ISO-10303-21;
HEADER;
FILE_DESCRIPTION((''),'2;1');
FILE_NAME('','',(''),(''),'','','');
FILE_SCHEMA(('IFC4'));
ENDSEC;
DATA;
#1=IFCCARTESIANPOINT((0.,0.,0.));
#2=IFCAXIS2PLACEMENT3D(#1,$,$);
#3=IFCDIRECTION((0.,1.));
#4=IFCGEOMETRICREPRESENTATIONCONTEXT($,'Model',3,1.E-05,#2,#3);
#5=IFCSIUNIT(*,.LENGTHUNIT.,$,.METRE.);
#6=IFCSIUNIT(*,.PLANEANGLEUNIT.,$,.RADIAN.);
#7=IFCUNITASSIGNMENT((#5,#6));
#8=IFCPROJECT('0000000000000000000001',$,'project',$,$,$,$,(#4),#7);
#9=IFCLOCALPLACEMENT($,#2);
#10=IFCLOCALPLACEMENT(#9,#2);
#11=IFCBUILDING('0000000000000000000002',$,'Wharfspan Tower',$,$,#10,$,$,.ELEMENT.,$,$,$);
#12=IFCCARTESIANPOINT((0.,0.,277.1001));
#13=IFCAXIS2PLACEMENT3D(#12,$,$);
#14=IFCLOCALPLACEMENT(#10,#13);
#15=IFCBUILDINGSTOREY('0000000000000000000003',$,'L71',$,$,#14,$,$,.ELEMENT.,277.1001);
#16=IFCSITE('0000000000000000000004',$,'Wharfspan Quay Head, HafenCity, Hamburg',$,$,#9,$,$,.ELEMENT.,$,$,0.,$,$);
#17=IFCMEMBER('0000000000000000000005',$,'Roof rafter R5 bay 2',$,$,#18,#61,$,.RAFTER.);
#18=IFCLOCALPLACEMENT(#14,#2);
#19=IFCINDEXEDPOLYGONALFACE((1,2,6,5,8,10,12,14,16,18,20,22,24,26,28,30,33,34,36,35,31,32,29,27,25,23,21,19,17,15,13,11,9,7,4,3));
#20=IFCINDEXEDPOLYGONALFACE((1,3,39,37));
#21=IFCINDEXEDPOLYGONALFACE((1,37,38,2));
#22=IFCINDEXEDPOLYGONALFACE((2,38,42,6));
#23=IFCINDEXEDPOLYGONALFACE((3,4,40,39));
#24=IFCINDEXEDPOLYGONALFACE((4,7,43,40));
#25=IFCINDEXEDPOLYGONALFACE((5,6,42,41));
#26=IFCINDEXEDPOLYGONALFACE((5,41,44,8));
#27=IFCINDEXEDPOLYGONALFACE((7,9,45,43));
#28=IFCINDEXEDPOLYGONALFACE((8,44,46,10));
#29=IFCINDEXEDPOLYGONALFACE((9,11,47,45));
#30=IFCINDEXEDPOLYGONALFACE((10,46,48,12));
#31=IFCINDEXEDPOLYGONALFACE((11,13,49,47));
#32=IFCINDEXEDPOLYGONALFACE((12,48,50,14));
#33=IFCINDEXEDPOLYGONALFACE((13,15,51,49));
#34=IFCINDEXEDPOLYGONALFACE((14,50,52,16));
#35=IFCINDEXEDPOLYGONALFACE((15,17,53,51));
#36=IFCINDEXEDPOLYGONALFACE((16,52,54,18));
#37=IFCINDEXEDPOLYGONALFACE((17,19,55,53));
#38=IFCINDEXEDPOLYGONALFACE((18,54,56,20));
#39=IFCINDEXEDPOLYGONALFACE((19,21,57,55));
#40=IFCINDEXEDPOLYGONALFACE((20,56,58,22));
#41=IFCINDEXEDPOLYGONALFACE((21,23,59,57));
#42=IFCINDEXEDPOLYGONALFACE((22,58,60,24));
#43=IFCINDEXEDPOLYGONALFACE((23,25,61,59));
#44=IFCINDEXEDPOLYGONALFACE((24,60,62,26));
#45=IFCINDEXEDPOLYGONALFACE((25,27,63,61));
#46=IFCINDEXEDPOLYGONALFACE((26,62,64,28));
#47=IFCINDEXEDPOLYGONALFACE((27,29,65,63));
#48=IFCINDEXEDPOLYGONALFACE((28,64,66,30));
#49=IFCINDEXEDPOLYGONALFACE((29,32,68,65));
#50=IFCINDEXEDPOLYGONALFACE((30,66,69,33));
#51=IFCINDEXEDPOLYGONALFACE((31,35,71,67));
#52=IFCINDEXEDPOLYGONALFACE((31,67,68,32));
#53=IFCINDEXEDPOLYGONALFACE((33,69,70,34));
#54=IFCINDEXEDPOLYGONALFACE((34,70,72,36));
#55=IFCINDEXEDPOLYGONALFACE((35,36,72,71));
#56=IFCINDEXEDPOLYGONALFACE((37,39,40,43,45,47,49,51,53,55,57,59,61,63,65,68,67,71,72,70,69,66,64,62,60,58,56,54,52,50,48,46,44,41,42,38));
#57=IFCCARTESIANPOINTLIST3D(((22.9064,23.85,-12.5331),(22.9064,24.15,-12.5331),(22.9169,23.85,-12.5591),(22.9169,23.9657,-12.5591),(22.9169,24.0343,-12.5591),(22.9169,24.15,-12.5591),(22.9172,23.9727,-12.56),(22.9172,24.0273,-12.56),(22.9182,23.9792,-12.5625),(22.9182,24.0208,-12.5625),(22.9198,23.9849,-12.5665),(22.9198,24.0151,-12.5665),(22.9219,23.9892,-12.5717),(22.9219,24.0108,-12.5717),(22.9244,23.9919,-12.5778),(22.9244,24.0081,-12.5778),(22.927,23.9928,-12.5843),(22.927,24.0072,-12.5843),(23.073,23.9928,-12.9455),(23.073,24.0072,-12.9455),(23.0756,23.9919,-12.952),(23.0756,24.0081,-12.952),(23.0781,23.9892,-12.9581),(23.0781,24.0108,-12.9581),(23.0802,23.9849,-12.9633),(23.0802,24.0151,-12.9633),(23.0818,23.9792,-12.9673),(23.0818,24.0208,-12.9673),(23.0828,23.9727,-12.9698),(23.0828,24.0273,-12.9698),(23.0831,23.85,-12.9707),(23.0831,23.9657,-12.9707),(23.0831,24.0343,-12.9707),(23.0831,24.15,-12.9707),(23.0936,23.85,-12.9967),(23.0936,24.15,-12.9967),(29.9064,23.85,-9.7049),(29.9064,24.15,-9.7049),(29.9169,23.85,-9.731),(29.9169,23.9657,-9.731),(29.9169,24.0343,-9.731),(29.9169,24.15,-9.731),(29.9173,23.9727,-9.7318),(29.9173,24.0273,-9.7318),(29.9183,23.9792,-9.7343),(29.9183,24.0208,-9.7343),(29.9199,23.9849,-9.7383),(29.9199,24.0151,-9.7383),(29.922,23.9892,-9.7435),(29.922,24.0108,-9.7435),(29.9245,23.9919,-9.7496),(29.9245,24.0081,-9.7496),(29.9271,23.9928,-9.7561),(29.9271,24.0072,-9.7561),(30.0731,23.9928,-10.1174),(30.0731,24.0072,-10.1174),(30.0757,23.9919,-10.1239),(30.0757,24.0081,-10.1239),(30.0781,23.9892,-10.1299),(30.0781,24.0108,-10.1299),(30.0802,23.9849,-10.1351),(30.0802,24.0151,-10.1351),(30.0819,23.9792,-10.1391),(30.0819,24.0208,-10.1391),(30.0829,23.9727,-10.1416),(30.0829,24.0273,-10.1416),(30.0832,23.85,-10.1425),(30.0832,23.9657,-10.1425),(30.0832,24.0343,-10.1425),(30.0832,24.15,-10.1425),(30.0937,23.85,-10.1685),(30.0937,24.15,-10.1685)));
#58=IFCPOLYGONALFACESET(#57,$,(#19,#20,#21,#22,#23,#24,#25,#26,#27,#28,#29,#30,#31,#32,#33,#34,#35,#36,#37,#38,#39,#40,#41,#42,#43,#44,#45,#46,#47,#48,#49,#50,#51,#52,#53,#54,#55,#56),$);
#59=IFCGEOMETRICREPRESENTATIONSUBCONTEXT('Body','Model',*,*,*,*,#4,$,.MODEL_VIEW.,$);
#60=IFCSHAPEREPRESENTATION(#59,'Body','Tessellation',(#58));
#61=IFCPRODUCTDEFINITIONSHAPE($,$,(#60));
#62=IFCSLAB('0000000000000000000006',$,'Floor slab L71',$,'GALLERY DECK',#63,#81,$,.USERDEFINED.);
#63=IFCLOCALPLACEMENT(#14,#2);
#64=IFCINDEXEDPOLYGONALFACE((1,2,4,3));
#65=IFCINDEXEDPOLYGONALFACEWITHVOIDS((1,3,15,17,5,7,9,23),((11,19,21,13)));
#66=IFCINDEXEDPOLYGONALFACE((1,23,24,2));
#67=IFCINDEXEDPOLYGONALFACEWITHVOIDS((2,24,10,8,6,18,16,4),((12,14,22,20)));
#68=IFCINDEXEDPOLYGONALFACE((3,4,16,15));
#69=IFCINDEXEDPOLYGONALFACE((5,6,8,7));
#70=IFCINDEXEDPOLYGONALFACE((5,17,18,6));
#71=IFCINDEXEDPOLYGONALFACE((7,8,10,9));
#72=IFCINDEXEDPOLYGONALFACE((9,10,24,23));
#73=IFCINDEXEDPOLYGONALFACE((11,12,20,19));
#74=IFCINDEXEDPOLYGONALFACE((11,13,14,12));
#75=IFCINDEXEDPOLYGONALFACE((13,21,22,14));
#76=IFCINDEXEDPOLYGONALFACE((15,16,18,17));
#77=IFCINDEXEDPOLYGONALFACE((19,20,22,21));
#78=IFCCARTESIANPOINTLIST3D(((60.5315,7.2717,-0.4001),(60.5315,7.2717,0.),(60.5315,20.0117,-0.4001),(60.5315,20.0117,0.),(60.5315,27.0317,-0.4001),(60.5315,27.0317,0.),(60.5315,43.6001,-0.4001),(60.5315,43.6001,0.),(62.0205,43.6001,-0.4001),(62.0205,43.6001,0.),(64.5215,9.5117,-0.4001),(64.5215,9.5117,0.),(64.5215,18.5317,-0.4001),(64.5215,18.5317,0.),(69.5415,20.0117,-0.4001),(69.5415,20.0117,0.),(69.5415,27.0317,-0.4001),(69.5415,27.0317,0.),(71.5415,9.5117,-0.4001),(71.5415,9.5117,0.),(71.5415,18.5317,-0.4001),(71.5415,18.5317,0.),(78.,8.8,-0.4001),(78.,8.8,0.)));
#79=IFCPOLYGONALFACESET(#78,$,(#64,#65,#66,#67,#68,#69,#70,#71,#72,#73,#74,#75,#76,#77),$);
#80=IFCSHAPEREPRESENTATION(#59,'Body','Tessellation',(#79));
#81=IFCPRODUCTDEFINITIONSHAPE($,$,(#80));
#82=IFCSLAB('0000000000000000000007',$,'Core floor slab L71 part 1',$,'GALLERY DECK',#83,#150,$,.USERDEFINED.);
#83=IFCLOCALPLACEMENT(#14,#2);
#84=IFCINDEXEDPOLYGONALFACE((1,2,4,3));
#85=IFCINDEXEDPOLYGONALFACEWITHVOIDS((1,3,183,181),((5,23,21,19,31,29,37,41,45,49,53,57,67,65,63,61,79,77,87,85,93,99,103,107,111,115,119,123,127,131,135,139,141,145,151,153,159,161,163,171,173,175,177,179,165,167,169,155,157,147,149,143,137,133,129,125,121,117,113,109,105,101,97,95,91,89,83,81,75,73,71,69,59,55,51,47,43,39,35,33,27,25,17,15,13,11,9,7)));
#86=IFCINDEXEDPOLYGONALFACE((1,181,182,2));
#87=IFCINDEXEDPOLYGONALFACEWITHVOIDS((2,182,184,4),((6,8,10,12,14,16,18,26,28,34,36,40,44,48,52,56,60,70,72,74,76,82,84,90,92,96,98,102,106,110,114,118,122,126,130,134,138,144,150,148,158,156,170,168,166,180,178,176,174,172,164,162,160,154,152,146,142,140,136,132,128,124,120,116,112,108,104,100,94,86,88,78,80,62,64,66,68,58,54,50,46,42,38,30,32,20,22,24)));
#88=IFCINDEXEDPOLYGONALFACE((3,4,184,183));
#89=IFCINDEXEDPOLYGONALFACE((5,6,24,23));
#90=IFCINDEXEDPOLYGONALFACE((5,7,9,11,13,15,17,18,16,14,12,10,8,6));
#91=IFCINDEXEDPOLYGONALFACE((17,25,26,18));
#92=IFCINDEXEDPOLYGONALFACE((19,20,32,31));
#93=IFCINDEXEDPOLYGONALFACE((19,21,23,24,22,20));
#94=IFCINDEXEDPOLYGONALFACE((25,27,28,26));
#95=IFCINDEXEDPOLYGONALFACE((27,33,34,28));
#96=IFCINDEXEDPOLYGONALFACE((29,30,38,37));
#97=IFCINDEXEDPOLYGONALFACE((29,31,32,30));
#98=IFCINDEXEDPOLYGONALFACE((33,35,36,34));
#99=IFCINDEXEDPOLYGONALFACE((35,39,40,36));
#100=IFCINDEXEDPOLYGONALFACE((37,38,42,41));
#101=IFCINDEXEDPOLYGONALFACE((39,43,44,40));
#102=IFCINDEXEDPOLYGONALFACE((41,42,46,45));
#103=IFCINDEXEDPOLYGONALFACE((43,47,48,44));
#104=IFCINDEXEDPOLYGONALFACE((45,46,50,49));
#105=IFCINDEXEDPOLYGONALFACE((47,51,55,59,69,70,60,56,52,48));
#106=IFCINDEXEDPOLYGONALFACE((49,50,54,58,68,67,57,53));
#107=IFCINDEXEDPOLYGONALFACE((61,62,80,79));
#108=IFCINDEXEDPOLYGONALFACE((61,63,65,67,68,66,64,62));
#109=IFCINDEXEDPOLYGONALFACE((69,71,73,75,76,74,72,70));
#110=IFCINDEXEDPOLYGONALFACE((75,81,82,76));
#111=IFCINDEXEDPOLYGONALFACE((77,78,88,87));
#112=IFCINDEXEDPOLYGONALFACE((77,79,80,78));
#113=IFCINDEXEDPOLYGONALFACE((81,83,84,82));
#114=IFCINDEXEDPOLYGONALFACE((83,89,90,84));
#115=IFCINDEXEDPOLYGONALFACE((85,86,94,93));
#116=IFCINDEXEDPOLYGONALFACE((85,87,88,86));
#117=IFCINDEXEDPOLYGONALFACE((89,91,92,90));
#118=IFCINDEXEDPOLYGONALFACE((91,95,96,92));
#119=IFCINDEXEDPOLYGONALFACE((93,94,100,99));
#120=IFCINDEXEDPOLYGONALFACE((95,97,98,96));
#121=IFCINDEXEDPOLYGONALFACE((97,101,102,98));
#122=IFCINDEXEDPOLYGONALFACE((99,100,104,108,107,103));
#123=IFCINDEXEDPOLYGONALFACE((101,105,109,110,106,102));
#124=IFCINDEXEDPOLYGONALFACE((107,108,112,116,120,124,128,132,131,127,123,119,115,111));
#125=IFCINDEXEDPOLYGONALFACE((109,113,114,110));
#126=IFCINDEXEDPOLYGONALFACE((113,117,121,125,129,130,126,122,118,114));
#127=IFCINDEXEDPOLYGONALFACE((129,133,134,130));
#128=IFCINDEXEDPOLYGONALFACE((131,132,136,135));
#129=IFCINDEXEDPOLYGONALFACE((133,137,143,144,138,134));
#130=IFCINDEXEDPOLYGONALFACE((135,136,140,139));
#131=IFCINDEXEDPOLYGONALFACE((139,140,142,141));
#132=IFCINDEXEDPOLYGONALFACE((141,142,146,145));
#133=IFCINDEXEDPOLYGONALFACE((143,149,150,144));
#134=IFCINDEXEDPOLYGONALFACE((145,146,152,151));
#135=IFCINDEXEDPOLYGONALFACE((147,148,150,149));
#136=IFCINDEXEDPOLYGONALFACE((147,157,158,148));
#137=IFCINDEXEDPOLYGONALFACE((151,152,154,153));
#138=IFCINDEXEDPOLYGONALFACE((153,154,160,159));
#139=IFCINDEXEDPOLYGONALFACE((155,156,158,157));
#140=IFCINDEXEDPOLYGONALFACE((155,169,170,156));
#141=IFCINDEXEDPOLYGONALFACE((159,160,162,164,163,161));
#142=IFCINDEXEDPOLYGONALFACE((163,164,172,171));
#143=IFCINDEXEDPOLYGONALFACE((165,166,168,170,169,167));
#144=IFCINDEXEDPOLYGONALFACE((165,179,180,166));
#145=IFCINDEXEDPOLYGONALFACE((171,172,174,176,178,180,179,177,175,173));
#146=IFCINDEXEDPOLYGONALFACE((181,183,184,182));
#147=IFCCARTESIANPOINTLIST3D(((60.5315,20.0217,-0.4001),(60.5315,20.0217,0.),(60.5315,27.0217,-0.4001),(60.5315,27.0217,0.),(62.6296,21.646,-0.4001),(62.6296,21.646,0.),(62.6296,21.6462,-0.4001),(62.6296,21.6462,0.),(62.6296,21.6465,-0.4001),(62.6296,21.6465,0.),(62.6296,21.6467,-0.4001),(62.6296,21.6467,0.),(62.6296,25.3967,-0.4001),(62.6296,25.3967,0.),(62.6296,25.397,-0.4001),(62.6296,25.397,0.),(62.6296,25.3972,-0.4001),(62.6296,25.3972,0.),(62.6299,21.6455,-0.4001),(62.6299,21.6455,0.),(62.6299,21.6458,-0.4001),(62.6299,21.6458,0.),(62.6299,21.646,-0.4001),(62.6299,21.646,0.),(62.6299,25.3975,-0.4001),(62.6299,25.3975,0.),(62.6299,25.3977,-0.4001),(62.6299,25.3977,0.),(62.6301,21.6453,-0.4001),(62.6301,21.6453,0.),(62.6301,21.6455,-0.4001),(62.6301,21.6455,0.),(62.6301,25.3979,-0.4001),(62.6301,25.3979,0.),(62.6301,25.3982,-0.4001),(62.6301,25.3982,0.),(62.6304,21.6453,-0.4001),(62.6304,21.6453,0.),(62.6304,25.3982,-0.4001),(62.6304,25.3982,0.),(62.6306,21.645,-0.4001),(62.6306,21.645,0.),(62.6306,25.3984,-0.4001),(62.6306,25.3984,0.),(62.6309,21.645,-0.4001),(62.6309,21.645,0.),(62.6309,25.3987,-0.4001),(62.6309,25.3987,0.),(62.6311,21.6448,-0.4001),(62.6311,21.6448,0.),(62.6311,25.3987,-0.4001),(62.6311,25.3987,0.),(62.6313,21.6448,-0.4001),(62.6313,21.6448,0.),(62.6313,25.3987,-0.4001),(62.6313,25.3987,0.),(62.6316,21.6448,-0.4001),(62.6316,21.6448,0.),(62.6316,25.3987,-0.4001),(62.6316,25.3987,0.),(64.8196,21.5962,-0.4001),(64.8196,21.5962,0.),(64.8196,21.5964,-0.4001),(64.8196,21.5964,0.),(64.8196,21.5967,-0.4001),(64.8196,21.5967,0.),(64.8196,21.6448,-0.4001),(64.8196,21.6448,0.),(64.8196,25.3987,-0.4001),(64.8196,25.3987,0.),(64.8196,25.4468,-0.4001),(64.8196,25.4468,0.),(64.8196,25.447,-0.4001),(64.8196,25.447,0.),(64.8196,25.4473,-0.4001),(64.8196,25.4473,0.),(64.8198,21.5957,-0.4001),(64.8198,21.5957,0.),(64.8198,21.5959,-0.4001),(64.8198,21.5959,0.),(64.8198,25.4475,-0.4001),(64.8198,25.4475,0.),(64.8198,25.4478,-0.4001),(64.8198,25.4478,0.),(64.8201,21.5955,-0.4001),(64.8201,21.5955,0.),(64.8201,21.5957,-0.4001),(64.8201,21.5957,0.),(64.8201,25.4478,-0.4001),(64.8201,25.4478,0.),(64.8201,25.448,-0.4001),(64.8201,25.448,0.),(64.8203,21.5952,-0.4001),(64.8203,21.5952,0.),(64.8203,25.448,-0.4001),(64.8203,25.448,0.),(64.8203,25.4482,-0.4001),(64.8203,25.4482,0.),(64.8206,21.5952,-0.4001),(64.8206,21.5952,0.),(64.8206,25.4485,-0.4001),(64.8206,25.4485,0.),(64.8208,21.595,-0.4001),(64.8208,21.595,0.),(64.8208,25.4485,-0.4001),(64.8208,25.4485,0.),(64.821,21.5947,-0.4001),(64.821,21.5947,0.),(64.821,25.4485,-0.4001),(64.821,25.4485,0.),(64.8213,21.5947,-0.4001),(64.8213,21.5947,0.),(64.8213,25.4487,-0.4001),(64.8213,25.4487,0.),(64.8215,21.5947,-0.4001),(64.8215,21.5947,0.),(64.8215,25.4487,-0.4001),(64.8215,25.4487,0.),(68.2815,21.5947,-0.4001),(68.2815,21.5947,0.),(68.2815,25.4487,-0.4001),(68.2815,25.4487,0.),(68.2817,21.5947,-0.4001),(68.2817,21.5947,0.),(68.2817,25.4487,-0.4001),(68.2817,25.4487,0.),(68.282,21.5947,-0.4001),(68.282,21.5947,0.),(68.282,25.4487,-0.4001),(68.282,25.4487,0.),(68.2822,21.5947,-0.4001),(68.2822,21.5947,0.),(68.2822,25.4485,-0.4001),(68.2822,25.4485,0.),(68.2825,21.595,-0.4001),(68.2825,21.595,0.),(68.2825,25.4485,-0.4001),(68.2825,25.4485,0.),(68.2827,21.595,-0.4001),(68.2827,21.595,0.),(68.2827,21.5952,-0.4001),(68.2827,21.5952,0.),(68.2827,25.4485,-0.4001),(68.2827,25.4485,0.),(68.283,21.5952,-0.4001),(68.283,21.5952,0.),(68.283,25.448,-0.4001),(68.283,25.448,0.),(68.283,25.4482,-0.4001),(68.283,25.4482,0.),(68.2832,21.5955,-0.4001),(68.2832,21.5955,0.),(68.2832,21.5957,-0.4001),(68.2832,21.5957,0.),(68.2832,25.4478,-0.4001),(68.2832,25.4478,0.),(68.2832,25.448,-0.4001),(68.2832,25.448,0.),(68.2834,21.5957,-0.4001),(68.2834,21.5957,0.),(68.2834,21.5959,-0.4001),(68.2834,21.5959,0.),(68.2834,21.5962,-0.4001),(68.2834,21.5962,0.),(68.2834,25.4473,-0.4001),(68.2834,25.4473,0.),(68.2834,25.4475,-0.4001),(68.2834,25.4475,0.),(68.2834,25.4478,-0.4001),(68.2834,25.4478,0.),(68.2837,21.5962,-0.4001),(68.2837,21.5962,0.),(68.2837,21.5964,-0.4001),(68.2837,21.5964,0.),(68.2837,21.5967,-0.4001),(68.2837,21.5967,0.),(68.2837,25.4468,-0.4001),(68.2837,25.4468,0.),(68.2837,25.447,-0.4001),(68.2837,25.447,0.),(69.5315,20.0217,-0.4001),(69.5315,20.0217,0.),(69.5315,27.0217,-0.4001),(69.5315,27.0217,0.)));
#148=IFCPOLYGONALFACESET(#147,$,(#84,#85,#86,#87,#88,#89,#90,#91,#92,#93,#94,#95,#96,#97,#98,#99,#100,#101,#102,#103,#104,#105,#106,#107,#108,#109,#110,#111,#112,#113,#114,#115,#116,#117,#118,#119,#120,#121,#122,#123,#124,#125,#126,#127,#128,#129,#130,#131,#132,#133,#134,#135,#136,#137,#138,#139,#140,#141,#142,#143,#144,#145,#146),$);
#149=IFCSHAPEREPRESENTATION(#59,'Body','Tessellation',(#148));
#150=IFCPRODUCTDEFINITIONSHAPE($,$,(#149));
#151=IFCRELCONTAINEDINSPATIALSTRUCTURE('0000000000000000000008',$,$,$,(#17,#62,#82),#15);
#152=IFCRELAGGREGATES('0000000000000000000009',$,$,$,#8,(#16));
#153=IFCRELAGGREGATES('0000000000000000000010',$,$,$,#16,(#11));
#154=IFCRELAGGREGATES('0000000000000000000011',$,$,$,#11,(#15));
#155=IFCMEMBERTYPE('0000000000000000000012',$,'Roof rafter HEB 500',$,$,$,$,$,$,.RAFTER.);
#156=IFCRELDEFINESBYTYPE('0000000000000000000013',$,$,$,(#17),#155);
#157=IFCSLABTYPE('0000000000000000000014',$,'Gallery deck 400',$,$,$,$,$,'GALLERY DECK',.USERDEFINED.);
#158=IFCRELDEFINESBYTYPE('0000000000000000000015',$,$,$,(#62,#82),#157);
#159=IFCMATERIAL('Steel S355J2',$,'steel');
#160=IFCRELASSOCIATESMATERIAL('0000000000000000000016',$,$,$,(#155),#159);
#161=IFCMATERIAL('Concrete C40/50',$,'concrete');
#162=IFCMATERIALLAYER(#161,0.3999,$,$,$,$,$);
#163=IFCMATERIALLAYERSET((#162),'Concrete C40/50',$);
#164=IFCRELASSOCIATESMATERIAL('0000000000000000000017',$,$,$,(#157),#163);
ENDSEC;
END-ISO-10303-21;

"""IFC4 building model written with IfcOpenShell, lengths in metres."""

from ifc_helpers import new_model, si_unit, direction, frame, origin, origin_2d, place, context, subcontext, project, spatial, polyline, i_section, outline, extrude, material, layer, layer_set, material_profile, profile_set, type_object, element, save


model = new_model("IFC4")

# Units and contexts
model_context = context("Model", 3, precision=1e-05, world=origin(), true_north=direction((0.0, 1.0)))
body_context = subcontext(model_context, "Body", "Model", "MODEL_VIEW")
ifc_project = project(units=[si_unit("LENGTHUNIT", "METRE"), si_unit("PLANEANGLEUNIT", "RADIAN")], contexts=[model_context])

# Site, building, storey
site_placement = place(None, origin())
site = spatial("IfcSite", under=ifc_project, at=site_placement, Name="Wharfspan Quay Head, HafenCity, Hamburg", CompositionType="ELEMENT", RefElevation=0.0)
building_placement = place(site_placement, origin())
building = spatial("IfcBuilding", under=site, at=building_placement, Name="Wharfspan Tower", CompositionType="ELEMENT")
storey_placement = place(building_placement, frame((0.0, 0.0, 277.1001)))
storey = spatial("IfcBuildingStorey", under=building, at=storey_placement, Name="L71", CompositionType="ELEMENT", Elevation=277.1001)

# Member
ifc_material_1 = material(Name="Steel S355J2", Category="steel")
ifc_material_profile = material_profile(ifc_material_1, i_section(OverallWidth=0.3, OverallDepth=0.5, WebThickness=0.0144, FlangeThickness=0.0281, FilletRadius=0.0271, at=origin_2d()))
ifc_profile_set = profile_set([ifc_material_profile], Name="Steel S355J2")
member_type = type_object("IfcMemberType", Name="Roof rafter HEB 500", PredefinedType="RAFTER", material=ifc_profile_set)
member_1_placement = place(storey_placement, frame((23.0, 24.0, -12.7649), z_axis=(0.927187, 0.0, 0.3746), x_axis=(0.0, 1.0, 0.0)))
element("IfcMember", 1, at=member_1_placement, inside=storey, type_object=member_type, Name="Roof rafter R5 bay 2", PredefinedType="RAFTER", context=body_context, shape_type="SweptSolid", body=[
    extrude(i_section(OverallWidth=0.3, OverallDepth=0.5, WebThickness=0.0144, FlangeThickness=0.0281, FilletRadius=0.0271, at=origin_2d()), origin(), (0.0, 0.0, 1.0), 7.5498),
])

# Slabs
ifc_material_2 = material(Name="Concrete C40/50", Category="concrete")
ifc_layer_1 = layer(ifc_material_2, 0.3999)
ifc_layer_set_1 = layer_set([ifc_layer_1], Name="Concrete C40/50")
slab_type_1 = type_object("IfcSlabType", Name="Gallery deck 400", ElementType="GALLERY DECK", PredefinedType="USERDEFINED", material=ifc_layer_set_1)
slab_1_placement = place(storey_placement, frame((0.0, 0.0, -0.4001)))
element("IfcSlab", 2, at=slab_1_placement, inside=storey, type_object=slab_type_1, Name="Floor slab L71", ObjectType="GALLERY DECK", PredefinedType="USERDEFINED", context=body_context, shape_type="SweptSolid", body=[
    extrude(outline(polyline([(62.0205, 43.6001), (60.5315, 43.6001), (60.5315, 27.0317), (69.5415, 27.0317), (69.5415, 20.0117), (60.5315, 20.0117), (60.5315, 7.2717), (78.0, 8.8), (62.0205, 43.6001)]), holes=[polyline([(64.5215, 9.5117), (64.5215, 18.5317), (71.5415, 18.5317), (71.5415, 9.5117), (64.5215, 9.5117)])]), origin(), (0.0, 0.0, 1.0), 0.4001),
])
slab_2_placement = place(storey_placement, frame((0.0, 0.0, -0.4001)))
element("IfcSlab", 3, at=slab_2_placement, inside=storey, type_object=slab_type_1, Name="Core floor slab L71 part 1", ObjectType="GALLERY DECK", PredefinedType="USERDEFINED", context=body_context, shape_type="SweptSolid", body=[
    extrude(outline(polyline([(60.5315, 20.0217), (69.5315, 20.0217), (69.5315, 27.0217), (60.5315, 27.0217), (60.5315, 20.0217)]), holes=[polyline([(64.8196, 25.3987), (64.8196, 25.4468), (64.8196, 25.447), (64.8196, 25.447), (64.8196, 25.4473), (64.8198, 25.4475), (64.8198, 25.4478), (64.8201, 25.4478), (64.8201, 25.448), (64.8203, 25.448), (64.8203, 25.4482), (64.8206, 25.4485), (64.8208, 25.4485), (64.8208, 25.4485), (64.821, 25.4485), (64.8213, 25.4487), (64.8213, 25.4487), (64.8215, 25.4487), (68.2815, 25.4487), (68.2817, 25.4487), (68.282, 25.4487), (68.2822, 25.4485), (68.2825, 25.4485), (68.2827, 25.4485), (68.2827, 25.4485), (68.283, 25.4482), (68.283, 25.448), (68.2832, 25.448), (68.2832, 25.4478), (68.2834, 25.4478), (68.2834, 25.4475), (68.2834, 25.4473), (68.2837, 25.447), (68.2837, 25.447), (68.2837, 25.4468), (68.2837, 21.5967), (68.2837, 21.5964), (68.2837, 21.5962), (68.2834, 21.5962), (68.2834, 21.5959), (68.2834, 21.5957), (68.2832, 21.5957), (68.2832, 21.5955), (68.283, 21.5952), (68.283, 21.5952), (68.2827, 21.5952), (68.2827, 21.595), (68.2825, 21.595), (68.2822, 21.5947), (68.282, 21.5947), (68.2817, 21.5947), (68.2815, 21.5947), (64.8215, 21.5947), (64.8213, 21.5947), (64.8213, 21.5947), (64.821, 21.5947), (64.8208, 21.595), (64.8208, 21.595), (64.8206, 21.5952), (64.8203, 21.5952), (64.8203, 21.5952), (64.8201, 21.5955), (64.8201, 21.5957), (64.8198, 21.5957), (64.8198, 21.5959), (64.8196, 21.5962), (64.8196, 21.5962), (64.8196, 21.5964), (64.8196, 21.5967), (64.8196, 21.6448), (62.6316, 21.6448), (62.6313, 21.6448), (62.6311, 21.6448), (62.6311, 21.6448), (62.6309, 21.645), (62.6306, 21.645), (62.6306, 21.645), (62.6304, 21.6453), (62.6301, 21.6453), (62.6301, 21.6455), (62.6299, 21.6455), (62.6299, 21.6458), (62.6299, 21.646), (62.6296, 21.646), (62.6296, 21.6462), (62.6296, 21.6465), (62.6296, 21.6467), (62.6296, 25.3967), (62.6296, 25.397), (62.6296, 25.3972), (62.6296, 25.3972), (62.6299, 25.3975), (62.6299, 25.3977), (62.6299, 25.3977), (62.6301, 25.3979), (62.6301, 25.3982), (62.6304, 25.3982), (62.6306, 25.3984), (62.6306, 25.3984), (62.6309, 25.3987), (62.6311, 25.3987), (62.6311, 25.3987), (62.6313, 25.3987), (62.6316, 25.3987), (64.8196, 25.3987)])]), origin(), (0.0, 0.0, 1.0), 0.4001),
])

save(model, "model.ifc")
